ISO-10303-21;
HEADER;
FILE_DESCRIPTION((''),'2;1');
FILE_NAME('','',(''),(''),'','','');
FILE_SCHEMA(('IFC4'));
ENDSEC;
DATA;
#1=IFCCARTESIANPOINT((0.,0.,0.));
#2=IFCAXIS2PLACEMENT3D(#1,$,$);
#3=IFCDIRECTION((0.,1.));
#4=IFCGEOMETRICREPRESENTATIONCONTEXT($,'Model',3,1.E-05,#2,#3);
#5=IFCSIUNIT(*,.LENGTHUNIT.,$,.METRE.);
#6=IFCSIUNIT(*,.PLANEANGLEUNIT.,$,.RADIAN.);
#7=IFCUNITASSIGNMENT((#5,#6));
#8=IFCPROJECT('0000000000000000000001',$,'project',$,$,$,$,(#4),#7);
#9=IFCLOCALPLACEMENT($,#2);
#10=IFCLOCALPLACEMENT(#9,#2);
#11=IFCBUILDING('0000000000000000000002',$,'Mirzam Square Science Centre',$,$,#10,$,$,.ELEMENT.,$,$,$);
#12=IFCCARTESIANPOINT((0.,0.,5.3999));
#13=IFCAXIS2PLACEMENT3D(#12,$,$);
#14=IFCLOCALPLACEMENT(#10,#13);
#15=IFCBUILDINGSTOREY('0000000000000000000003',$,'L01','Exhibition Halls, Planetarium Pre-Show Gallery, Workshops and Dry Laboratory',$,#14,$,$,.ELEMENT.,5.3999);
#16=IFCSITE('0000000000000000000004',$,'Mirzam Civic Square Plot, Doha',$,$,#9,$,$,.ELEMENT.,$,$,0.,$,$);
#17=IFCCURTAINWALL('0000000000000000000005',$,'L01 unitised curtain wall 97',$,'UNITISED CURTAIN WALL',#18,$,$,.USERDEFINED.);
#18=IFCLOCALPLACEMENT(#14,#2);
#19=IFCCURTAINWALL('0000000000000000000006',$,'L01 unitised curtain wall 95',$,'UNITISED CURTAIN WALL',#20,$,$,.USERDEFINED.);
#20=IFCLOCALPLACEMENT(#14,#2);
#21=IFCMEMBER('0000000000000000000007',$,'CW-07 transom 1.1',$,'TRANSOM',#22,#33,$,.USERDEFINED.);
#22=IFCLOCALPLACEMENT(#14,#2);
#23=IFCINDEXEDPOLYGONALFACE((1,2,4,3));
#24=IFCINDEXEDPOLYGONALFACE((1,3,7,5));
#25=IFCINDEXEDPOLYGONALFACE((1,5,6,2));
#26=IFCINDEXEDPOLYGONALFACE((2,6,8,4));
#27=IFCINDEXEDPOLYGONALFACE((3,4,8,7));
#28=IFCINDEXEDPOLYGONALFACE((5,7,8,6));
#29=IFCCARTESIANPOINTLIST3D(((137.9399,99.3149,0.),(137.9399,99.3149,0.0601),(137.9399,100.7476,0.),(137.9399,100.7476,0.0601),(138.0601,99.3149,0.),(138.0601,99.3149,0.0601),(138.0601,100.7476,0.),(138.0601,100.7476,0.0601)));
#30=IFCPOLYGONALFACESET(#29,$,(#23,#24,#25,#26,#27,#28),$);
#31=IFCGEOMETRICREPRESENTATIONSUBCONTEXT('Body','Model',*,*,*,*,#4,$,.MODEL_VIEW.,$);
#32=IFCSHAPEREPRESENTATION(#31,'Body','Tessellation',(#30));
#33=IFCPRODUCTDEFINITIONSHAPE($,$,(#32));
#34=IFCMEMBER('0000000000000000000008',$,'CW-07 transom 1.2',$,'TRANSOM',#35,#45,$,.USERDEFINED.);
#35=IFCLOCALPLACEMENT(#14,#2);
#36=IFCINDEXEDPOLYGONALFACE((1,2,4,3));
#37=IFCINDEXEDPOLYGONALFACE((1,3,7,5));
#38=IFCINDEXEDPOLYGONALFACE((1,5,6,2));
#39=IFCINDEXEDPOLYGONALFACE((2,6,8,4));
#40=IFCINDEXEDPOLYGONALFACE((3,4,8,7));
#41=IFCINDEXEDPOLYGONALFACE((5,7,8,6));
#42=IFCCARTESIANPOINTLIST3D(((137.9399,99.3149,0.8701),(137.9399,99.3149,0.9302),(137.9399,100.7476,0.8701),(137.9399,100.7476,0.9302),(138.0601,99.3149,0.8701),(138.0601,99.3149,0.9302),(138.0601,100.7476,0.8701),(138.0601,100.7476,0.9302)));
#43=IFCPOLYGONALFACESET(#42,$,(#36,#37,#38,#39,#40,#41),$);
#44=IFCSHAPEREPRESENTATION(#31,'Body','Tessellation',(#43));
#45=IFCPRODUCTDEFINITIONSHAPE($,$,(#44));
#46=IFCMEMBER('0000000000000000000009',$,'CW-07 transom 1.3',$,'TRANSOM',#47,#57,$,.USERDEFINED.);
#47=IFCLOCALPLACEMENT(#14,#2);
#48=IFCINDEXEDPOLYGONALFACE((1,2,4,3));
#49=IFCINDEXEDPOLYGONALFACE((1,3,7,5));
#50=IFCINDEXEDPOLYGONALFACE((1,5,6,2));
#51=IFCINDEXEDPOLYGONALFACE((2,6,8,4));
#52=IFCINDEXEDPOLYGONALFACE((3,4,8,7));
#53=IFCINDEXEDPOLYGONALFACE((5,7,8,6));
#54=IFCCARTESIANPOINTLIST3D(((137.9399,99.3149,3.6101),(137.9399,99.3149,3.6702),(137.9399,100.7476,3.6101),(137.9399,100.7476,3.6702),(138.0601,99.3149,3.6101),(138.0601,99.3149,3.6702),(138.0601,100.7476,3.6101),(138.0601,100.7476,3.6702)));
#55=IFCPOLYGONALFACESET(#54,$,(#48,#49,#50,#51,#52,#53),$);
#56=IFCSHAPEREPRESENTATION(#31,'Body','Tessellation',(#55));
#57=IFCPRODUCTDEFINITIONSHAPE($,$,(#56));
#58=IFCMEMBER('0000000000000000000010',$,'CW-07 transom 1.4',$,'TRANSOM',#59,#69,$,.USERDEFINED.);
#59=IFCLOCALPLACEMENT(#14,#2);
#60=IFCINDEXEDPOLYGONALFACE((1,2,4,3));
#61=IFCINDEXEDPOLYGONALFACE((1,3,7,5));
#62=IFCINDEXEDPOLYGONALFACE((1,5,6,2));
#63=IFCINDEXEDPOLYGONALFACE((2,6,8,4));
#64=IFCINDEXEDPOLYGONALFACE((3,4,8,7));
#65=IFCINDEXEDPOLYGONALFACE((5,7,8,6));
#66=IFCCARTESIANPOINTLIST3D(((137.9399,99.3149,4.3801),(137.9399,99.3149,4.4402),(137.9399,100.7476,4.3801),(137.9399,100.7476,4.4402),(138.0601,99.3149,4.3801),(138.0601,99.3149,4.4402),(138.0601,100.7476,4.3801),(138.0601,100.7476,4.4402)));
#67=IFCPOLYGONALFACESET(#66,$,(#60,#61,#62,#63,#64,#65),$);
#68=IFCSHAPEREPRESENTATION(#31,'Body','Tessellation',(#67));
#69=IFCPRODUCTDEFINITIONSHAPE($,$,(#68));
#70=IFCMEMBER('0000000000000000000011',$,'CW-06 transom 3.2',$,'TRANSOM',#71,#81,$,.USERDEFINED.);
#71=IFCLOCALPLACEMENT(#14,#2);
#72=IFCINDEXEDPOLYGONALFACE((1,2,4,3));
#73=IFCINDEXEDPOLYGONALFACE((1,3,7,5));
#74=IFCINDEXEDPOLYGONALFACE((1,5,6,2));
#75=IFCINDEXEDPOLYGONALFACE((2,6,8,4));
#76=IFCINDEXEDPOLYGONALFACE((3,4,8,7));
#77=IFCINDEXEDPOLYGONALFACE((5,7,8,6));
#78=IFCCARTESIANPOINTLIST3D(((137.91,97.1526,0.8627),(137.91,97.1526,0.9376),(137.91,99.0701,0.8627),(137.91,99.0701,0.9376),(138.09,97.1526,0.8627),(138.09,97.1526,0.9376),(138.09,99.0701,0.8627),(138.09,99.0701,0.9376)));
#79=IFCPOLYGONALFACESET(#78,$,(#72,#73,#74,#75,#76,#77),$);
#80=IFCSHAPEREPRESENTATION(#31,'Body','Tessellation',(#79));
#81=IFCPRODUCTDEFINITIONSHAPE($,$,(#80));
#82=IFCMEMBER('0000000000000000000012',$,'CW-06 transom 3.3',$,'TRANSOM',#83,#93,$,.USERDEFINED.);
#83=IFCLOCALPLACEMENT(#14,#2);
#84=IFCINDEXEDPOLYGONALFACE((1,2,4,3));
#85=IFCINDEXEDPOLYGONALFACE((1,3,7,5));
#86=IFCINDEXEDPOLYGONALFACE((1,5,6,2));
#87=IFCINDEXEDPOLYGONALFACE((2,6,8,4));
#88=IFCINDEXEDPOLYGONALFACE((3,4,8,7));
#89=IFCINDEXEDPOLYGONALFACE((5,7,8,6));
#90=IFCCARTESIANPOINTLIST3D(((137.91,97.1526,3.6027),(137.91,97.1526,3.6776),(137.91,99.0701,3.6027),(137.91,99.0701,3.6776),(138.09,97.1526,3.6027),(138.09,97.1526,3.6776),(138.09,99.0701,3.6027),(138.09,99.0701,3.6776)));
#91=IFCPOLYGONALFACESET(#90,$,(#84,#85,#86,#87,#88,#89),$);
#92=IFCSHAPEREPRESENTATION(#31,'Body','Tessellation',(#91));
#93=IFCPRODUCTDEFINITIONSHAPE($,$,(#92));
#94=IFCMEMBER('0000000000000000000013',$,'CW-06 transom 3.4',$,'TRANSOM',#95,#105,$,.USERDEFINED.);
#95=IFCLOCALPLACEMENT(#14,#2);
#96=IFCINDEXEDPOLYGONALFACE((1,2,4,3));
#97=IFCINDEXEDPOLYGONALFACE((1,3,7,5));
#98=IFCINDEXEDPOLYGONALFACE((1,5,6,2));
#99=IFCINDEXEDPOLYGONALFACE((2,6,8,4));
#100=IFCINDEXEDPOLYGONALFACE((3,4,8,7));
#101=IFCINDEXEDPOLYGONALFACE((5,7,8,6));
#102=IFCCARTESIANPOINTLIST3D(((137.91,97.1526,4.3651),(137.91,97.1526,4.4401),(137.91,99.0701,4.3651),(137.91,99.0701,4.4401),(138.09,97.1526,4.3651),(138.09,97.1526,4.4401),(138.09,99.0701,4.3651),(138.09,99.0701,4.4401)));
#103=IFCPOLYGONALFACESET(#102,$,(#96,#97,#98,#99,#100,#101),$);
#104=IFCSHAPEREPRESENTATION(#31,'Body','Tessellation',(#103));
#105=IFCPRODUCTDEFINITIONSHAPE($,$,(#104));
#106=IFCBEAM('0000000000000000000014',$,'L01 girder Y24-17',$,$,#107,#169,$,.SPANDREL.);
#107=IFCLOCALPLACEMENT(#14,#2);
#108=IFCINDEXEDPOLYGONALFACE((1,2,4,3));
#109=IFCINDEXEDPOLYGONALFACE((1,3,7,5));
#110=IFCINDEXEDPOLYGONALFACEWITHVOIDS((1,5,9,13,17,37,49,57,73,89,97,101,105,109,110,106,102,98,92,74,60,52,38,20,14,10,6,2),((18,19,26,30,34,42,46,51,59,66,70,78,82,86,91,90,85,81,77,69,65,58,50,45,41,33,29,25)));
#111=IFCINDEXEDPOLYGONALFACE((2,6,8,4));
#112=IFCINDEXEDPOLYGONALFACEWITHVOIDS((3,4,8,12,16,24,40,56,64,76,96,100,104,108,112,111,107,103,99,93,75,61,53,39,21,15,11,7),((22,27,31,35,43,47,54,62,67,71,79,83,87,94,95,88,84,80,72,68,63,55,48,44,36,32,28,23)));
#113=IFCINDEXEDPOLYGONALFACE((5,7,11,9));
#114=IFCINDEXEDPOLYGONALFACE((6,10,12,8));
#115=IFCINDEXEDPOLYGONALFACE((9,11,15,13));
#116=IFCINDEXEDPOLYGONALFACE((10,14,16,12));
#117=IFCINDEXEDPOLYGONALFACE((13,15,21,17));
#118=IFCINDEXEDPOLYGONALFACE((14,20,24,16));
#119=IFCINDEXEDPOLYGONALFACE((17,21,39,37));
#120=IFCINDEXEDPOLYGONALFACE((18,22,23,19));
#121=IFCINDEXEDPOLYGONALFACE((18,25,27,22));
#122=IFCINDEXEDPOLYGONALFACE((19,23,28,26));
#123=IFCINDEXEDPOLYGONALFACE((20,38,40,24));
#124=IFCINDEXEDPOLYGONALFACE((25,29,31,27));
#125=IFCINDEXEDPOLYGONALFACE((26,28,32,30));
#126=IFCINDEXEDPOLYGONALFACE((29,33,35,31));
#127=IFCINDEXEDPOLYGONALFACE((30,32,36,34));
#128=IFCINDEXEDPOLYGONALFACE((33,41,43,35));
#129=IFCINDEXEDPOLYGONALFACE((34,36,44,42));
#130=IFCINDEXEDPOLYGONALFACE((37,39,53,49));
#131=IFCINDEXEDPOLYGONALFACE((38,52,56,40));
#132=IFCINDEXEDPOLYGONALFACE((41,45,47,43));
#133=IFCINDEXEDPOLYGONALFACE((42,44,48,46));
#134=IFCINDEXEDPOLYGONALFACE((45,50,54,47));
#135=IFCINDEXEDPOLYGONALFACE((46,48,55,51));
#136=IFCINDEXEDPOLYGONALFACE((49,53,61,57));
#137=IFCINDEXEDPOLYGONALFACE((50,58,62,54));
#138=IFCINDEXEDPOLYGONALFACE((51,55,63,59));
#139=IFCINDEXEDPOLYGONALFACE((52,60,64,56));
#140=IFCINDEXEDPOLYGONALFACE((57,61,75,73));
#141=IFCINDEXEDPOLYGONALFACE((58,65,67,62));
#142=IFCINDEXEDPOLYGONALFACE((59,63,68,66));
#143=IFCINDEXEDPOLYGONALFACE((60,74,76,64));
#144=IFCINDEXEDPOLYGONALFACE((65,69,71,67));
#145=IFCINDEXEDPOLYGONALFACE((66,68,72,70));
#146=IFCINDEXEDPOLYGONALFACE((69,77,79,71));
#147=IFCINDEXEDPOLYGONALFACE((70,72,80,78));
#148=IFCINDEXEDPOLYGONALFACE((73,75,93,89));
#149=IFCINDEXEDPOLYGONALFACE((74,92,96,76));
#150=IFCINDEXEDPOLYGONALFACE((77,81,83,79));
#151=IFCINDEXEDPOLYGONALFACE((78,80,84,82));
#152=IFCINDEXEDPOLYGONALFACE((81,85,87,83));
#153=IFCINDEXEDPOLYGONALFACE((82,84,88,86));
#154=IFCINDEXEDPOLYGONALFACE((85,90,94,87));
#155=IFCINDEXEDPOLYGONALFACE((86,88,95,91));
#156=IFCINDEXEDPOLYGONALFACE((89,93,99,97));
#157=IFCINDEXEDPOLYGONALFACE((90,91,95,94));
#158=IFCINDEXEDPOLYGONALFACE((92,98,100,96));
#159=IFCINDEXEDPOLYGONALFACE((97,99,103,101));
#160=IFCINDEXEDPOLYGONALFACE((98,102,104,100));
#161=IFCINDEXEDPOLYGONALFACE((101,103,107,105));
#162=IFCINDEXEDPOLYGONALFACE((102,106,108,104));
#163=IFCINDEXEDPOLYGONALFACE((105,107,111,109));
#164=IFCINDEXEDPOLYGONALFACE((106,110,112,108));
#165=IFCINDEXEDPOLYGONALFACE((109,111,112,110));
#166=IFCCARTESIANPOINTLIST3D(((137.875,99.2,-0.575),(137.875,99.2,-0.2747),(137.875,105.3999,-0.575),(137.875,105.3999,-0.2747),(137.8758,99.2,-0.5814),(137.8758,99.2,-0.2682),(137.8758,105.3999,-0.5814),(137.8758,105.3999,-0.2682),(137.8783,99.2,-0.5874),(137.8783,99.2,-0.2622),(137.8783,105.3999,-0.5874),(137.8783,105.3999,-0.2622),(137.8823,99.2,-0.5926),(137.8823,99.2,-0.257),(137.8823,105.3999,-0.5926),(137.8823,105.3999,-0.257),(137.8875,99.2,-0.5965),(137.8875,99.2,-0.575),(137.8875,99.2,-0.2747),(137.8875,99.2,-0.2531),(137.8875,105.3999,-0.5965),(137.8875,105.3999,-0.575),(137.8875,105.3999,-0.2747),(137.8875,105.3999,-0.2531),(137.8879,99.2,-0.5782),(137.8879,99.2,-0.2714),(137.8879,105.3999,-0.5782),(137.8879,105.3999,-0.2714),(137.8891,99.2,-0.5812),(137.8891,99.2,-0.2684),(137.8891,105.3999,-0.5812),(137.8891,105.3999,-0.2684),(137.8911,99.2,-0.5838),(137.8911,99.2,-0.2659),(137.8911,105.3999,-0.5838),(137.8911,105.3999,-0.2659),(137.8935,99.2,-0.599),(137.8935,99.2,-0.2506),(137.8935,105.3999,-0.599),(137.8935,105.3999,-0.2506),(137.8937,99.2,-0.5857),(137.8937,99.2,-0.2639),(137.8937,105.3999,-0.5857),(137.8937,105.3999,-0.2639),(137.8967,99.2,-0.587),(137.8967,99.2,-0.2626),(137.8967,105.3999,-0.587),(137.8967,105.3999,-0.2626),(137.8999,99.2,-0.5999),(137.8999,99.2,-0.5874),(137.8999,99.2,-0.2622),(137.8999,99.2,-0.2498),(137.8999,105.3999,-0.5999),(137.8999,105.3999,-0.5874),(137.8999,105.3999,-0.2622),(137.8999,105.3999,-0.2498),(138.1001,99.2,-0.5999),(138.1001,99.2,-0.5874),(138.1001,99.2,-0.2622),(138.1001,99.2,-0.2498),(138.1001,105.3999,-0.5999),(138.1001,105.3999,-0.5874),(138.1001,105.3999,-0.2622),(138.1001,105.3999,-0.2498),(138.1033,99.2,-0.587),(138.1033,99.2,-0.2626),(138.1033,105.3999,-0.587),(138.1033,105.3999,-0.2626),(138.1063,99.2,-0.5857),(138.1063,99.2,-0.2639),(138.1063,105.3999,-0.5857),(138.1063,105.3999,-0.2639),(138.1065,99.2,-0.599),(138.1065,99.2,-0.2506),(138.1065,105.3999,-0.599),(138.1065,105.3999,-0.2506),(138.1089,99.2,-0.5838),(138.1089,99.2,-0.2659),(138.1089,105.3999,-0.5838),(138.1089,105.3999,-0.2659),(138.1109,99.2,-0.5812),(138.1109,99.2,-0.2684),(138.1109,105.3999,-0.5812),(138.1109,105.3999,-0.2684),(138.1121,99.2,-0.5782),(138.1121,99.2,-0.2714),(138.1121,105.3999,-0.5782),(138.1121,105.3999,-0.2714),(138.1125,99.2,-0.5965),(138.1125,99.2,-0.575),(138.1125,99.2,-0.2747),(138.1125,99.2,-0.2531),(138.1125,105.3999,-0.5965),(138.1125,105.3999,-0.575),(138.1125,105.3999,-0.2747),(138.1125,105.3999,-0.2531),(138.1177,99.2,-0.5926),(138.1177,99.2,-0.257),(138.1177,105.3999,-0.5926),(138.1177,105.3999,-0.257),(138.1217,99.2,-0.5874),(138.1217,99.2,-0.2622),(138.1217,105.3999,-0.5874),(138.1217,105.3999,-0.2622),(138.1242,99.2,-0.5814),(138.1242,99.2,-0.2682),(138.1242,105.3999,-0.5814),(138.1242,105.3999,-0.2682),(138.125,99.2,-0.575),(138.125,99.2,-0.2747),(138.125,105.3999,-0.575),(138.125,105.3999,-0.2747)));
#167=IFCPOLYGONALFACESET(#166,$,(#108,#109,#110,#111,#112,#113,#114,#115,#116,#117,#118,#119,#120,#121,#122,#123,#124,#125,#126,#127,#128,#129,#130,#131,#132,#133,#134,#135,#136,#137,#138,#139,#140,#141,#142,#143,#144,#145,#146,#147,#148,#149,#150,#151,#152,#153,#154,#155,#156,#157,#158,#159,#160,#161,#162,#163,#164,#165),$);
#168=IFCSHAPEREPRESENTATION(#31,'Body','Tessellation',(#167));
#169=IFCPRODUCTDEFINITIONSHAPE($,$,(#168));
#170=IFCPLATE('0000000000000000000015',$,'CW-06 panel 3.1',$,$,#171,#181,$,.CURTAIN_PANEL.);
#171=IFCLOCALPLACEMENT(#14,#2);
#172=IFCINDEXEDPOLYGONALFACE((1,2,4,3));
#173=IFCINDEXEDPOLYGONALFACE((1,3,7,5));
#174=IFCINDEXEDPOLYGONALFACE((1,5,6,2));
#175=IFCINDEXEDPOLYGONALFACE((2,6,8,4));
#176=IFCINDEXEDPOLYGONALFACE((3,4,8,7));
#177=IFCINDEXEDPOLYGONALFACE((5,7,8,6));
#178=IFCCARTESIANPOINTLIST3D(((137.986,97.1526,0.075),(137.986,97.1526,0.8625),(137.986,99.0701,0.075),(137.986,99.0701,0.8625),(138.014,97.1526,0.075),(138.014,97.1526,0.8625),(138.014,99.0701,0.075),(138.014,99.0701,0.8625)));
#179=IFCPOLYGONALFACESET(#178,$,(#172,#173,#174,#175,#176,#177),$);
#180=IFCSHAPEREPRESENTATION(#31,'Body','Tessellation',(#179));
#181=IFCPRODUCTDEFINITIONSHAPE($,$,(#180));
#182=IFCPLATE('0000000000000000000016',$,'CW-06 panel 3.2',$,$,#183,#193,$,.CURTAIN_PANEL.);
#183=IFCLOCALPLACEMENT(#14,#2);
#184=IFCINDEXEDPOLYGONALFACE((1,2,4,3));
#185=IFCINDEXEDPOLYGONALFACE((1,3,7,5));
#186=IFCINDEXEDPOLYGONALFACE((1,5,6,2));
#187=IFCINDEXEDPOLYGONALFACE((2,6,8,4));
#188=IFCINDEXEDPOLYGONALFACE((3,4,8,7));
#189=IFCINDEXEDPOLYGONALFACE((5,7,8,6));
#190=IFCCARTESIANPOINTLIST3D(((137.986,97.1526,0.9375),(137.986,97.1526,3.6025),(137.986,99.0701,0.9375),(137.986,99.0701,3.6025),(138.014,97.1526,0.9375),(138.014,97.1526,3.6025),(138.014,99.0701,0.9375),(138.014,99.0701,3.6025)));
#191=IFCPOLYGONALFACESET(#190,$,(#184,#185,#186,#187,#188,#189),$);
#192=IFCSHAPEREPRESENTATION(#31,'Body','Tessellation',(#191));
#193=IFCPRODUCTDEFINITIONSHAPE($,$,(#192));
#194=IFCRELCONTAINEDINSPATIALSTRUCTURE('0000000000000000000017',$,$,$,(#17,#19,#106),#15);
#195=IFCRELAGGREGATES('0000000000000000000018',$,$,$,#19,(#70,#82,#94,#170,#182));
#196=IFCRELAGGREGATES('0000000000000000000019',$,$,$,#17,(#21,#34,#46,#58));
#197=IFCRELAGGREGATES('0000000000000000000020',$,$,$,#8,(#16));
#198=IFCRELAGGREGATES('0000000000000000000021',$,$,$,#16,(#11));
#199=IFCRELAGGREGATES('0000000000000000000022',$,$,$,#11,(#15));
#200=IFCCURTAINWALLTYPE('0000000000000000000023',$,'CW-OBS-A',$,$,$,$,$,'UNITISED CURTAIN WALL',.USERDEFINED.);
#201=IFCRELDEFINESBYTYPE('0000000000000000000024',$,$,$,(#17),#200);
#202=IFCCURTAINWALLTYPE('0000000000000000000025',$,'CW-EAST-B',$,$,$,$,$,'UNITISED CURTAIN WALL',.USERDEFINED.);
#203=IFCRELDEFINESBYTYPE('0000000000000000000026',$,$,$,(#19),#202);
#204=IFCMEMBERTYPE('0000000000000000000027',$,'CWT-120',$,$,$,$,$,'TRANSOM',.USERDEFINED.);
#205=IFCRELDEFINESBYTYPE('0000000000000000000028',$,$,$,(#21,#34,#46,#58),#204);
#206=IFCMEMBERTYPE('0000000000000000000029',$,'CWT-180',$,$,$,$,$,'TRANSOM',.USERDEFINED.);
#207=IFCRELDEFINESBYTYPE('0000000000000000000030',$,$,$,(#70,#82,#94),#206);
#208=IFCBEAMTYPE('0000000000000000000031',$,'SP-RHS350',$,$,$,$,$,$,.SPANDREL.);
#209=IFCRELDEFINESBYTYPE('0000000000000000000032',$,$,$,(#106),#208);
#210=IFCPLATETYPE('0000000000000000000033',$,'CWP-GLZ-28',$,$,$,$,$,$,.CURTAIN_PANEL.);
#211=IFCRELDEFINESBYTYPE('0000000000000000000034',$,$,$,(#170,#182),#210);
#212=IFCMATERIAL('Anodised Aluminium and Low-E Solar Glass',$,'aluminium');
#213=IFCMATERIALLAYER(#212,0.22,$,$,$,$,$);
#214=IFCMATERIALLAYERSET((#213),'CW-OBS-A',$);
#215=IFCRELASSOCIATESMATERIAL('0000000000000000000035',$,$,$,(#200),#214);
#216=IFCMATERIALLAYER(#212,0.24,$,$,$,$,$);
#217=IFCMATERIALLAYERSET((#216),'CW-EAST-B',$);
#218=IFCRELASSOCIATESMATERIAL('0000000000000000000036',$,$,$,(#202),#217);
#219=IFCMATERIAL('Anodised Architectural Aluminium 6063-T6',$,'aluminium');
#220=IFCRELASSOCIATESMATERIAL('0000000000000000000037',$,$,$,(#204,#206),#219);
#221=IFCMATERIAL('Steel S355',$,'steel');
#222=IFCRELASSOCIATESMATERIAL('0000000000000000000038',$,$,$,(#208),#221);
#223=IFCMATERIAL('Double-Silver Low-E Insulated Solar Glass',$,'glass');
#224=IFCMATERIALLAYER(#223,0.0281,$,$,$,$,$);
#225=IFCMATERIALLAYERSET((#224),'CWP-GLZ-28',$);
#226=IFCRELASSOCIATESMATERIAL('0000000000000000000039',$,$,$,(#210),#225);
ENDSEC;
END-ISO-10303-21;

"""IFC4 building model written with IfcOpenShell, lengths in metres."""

from ifc_helpers import new_model, si_unit, direction, frame, origin, origin_2d, place, context, subcontext, project, spatial, rectangle, hollow_rectangle, extrude, material, layer, layer_set, material_profile, profile_set, type_object, element, aggregate, save


model = new_model("IFC4")

# Units and contexts
model_context = context("Model", 3, precision=1e-05, world=origin(), true_north=direction((0.0, 1.0)))
body_context = subcontext(model_context, "Body", "Model", "MODEL_VIEW")
ifc_project = project(units=[si_unit("LENGTHUNIT", "METRE"), si_unit("PLANEANGLEUNIT", "RADIAN")], contexts=[model_context])

# Site, building, storey
site_placement = place(None, origin())
site = spatial("IfcSite", under=ifc_project, at=site_placement, Name="Mirzam Civic Square Plot, Doha", CompositionType="ELEMENT", RefElevation=0.0)
building_placement = place(site_placement, origin())
building = spatial("IfcBuilding", under=site, at=building_placement, Name="Mirzam Square Science Centre", CompositionType="ELEMENT")
storey_placement = place(building_placement, frame((0.0, 0.0, 5.3999)))
storey = spatial("IfcBuildingStorey", under=building, at=storey_placement, Name="L01", Description="Exhibition Halls, Planetarium Pre-Show Gallery, Workshops and Dry Laboratory", CompositionType="ELEMENT", Elevation=5.3999)

# Shared definitions
ifc_material_1 = material(Name="Steel S355", Category="steel")

# Curtain walls
ifc_material_2 = material(Name="Anodised Aluminium and Low-E Solar Glass", Category="aluminium")
ifc_layer_1 = layer(ifc_material_2, 0.22)
ifc_layer_set_1 = layer_set([ifc_layer_1], Name="CW-OBS-A")
curtain_wall_type_1 = type_object("IfcCurtainWallType", Name="CW-OBS-A", ElementType="UNITISED CURTAIN WALL", PredefinedType="USERDEFINED", material=ifc_layer_set_1)
curtain_wall_1_placement = place(storey_placement, origin())
curtain_wall_1 = element("IfcCurtainWall", 1, at=curtain_wall_1_placement, inside=storey, type_object=curtain_wall_type_1, Name="L01 unitised curtain wall 97", ObjectType="UNITISED CURTAIN WALL", PredefinedType="USERDEFINED")
ifc_material_3 = material(Name="Anodised Architectural Aluminium 6063-T6", Category="aluminium")
ifc_layer_2 = layer(ifc_material_2, 0.24)
ifc_layer_set_2 = layer_set([ifc_layer_2], Name="CW-EAST-B")
curtain_wall_type_2 = type_object("IfcCurtainWallType", Name="CW-EAST-B", ElementType="UNITISED CURTAIN WALL", PredefinedType="USERDEFINED", material=ifc_layer_set_2)
curtain_wall_2_placement = place(storey_placement, origin())
curtain_wall_2 = element("IfcCurtainWall", 2, at=curtain_wall_2_placement, inside=storey, type_object=curtain_wall_type_2, Name="L01 unitised curtain wall 95", ObjectType="UNITISED CURTAIN WALL", PredefinedType="USERDEFINED")

# Members
ifc_material_profile_1 = material_profile(ifc_material_3, rectangle(XDim=0.1201, YDim=0.0601, at=origin_2d()), Name="ALU-TRAN-120x60x4")
ifc_profile_set_1 = profile_set([ifc_material_profile_1], Name="Anodised Architectural Aluminium 6063-T6")
member_type_1 = type_object("IfcMemberType", Name="CWT-120", ElementType="TRANSOM", PredefinedType="USERDEFINED", material=ifc_profile_set_1)
member_1_placement = place(storey_placement, frame((138.0, 99.3149, 0.03), z_axis=(0.0, 1.0, 0.0), x_axis=(-1.0, 0.0, 0.0)))
member_1 = element("IfcMember", 3, at=member_1_placement, type_object=member_type_1, Name="CW-07 transom 1.1", ObjectType="TRANSOM", PredefinedType="USERDEFINED", context=body_context, shape_type="SweptSolid", body=[
    extrude(rectangle(XDim=0.1201, YDim=0.0601, at=origin_2d()), origin(), (0.0, 0.0, 1.0), 1.4326),
])
member_2_placement = place(storey_placement, frame((138.0, 99.3149, 0.9001), z_axis=(0.0, 1.0, 0.0), x_axis=(-1.0, 0.0, 0.0)))
member_2 = element("IfcMember", 4, at=member_2_placement, type_object=member_type_1, Name="CW-07 transom 1.2", ObjectType="TRANSOM", PredefinedType="USERDEFINED", context=body_context, shape_type="SweptSolid", body=[
    extrude(rectangle(XDim=0.1201, YDim=0.0601, at=origin_2d()), origin(), (0.0, 0.0, 1.0), 1.4326),
])
member_3_placement = place(storey_placement, frame((138.0, 99.3149, 3.6401), z_axis=(0.0, 1.0, 0.0), x_axis=(-1.0, 0.0, 0.0)))
member_3 = element("IfcMember", 5, at=member_3_placement, type_object=member_type_1, Name="CW-07 transom 1.3", ObjectType="TRANSOM", PredefinedType="USERDEFINED", context=body_context, shape_type="SweptSolid", body=[
    extrude(rectangle(XDim=0.1201, YDim=0.0601, at=origin_2d()), origin(), (0.0, 0.0, 1.0), 1.4326),
])
member_4_placement = place(storey_placement, frame((138.0, 99.3149, 4.4102), z_axis=(0.0, 1.0, 0.0), x_axis=(-1.0, 0.0, 0.0)))
member_4 = element("IfcMember", 6, at=member_4_placement, type_object=member_type_1, Name="CW-07 transom 1.4", ObjectType="TRANSOM", PredefinedType="USERDEFINED", context=body_context, shape_type="SweptSolid", body=[
    extrude(rectangle(XDim=0.1201, YDim=0.0601, at=origin_2d()), origin(), (0.0, 0.0, 1.0), 1.4326),
])
ifc_material_profile_2 = material_profile(ifc_material_3, rectangle(XDim=0.1799, YDim=0.075, at=origin_2d()), Name="ALU-TRAN-180x75x5")
ifc_profile_set_2 = profile_set([ifc_material_profile_2], Name="Anodised Architectural Aluminium 6063-T6")
member_type_2 = type_object("IfcMemberType", Name="CWT-180", ElementType="TRANSOM", PredefinedType="USERDEFINED", material=ifc_profile_set_2)
member_5_placement = place(storey_placement, frame((138.0, 97.1526, 0.9001), z_axis=(0.0, 1.0, 0.0), x_axis=(-1.0, 0.0, 0.0)))
member_5 = element("IfcMember", 7, at=member_5_placement, type_object=member_type_2, Name="CW-06 transom 3.2", ObjectType="TRANSOM", PredefinedType="USERDEFINED", context=body_context, shape_type="SweptSolid", body=[
    extrude(rectangle(XDim=0.1799, YDim=0.075, at=origin_2d()), origin(), (0.0, 0.0, 1.0), 1.9175),
])
member_6_placement = place(storey_placement, frame((138.0, 97.1526, 3.6401), z_axis=(0.0, 1.0, 0.0), x_axis=(-1.0, 0.0, 0.0)))
member_6 = element("IfcMember", 8, at=member_6_placement, type_object=member_type_2, Name="CW-06 transom 3.3", ObjectType="TRANSOM", PredefinedType="USERDEFINED", context=body_context, shape_type="SweptSolid", body=[
    extrude(rectangle(XDim=0.1799, YDim=0.075, at=origin_2d()), origin(), (0.0, 0.0, 1.0), 1.9175),
])
member_7_placement = place(storey_placement, frame((138.0, 97.1526, 4.4026), z_axis=(0.0, 1.0, 0.0), x_axis=(-1.0, 0.0, 0.0)))
member_7 = element("IfcMember", 9, at=member_7_placement, type_object=member_type_2, Name="CW-06 transom 3.4", ObjectType="TRANSOM", PredefinedType="USERDEFINED", context=body_context, shape_type="SweptSolid", body=[
    extrude(rectangle(XDim=0.1799, YDim=0.075, at=origin_2d()), origin(), (0.0, 0.0, 1.0), 1.9175),
])

# Beam
ifc_material_profile_3 = material_profile(ifc_material_1, hollow_rectangle(XDim=0.25, YDim=0.3501, WallThickness=0.0125, InnerFilletRadius=0.0125, OuterFilletRadius=0.0249, at=origin_2d()), Name="350x250x12.5RHS")
ifc_profile_set_3 = profile_set([ifc_material_profile_3], Name="Steel S355")
beam_type_1 = type_object("IfcBeamType", Name="SP-RHS350", PredefinedType="SPANDREL", material=ifc_profile_set_3)
beam_1_placement = place(storey_placement, frame((138.0, 99.2, -0.4248), z_axis=(0.0, 1.0, 0.0), x_axis=(-1.0, 0.0, 0.0)))
element("IfcBeam", 10, at=beam_1_placement, inside=storey, type_object=beam_type_1, Name="L01 girder Y24-17", PredefinedType="SPANDREL", context=body_context, shape_type="SweptSolid", body=[
    extrude(hollow_rectangle(XDim=0.25, YDim=0.3501, WallThickness=0.0125, InnerFilletRadius=0.0125, OuterFilletRadius=0.0249, at=origin_2d()), origin(), (0.0, 0.0, 1.0), 6.2),
])

# Plates
ifc_material_4 = material(Name="Double-Silver Low-E Insulated Solar Glass", Category="glass")
ifc_layer_3 = layer(ifc_material_4, 0.0281)
ifc_layer_set_3 = layer_set([ifc_layer_3], Name="CWP-GLZ-28")
plate_type_1 = type_object("IfcPlateType", Name="CWP-GLZ-28", PredefinedType="CURTAIN_PANEL", material=ifc_layer_set_3)
plate_1_placement = place(storey_placement, frame((138.0, 98.1113, 0.075), z_axis=(0.0, 0.0, 1.0), x_axis=(0.0, 1.0, 0.0)))
plate_1 = element("IfcPlate", 11, at=plate_1_placement, type_object=plate_type_1, Name="CW-06 panel 3.1", PredefinedType="CURTAIN_PANEL", context=body_context, shape_type="SweptSolid", body=[
    extrude(rectangle(XDim=1.9175, YDim=0.0281, at=origin_2d()), origin(), (0.0, 0.0, 1.0), 0.7876),
])
plate_2_placement = place(storey_placement, frame((138.0, 98.1113, 0.9375), z_axis=(0.0, 0.0, 1.0), x_axis=(0.0, 1.0, 0.0)))
plate_2 = element("IfcPlate", 12, at=plate_2_placement, type_object=plate_type_1, Name="CW-06 panel 3.2", PredefinedType="CURTAIN_PANEL", context=body_context, shape_type="SweptSolid", body=[
    extrude(rectangle(XDim=1.9175, YDim=0.0281, at=origin_2d()), origin(), (0.0, 0.0, 1.0), 2.665),
])
aggregate(curtain_wall_2, [member_5, member_6, member_7, plate_1, plate_2])
aggregate(curtain_wall_1, [member_1, member_2, member_3, member_4])

save(model, "model.ifc")
